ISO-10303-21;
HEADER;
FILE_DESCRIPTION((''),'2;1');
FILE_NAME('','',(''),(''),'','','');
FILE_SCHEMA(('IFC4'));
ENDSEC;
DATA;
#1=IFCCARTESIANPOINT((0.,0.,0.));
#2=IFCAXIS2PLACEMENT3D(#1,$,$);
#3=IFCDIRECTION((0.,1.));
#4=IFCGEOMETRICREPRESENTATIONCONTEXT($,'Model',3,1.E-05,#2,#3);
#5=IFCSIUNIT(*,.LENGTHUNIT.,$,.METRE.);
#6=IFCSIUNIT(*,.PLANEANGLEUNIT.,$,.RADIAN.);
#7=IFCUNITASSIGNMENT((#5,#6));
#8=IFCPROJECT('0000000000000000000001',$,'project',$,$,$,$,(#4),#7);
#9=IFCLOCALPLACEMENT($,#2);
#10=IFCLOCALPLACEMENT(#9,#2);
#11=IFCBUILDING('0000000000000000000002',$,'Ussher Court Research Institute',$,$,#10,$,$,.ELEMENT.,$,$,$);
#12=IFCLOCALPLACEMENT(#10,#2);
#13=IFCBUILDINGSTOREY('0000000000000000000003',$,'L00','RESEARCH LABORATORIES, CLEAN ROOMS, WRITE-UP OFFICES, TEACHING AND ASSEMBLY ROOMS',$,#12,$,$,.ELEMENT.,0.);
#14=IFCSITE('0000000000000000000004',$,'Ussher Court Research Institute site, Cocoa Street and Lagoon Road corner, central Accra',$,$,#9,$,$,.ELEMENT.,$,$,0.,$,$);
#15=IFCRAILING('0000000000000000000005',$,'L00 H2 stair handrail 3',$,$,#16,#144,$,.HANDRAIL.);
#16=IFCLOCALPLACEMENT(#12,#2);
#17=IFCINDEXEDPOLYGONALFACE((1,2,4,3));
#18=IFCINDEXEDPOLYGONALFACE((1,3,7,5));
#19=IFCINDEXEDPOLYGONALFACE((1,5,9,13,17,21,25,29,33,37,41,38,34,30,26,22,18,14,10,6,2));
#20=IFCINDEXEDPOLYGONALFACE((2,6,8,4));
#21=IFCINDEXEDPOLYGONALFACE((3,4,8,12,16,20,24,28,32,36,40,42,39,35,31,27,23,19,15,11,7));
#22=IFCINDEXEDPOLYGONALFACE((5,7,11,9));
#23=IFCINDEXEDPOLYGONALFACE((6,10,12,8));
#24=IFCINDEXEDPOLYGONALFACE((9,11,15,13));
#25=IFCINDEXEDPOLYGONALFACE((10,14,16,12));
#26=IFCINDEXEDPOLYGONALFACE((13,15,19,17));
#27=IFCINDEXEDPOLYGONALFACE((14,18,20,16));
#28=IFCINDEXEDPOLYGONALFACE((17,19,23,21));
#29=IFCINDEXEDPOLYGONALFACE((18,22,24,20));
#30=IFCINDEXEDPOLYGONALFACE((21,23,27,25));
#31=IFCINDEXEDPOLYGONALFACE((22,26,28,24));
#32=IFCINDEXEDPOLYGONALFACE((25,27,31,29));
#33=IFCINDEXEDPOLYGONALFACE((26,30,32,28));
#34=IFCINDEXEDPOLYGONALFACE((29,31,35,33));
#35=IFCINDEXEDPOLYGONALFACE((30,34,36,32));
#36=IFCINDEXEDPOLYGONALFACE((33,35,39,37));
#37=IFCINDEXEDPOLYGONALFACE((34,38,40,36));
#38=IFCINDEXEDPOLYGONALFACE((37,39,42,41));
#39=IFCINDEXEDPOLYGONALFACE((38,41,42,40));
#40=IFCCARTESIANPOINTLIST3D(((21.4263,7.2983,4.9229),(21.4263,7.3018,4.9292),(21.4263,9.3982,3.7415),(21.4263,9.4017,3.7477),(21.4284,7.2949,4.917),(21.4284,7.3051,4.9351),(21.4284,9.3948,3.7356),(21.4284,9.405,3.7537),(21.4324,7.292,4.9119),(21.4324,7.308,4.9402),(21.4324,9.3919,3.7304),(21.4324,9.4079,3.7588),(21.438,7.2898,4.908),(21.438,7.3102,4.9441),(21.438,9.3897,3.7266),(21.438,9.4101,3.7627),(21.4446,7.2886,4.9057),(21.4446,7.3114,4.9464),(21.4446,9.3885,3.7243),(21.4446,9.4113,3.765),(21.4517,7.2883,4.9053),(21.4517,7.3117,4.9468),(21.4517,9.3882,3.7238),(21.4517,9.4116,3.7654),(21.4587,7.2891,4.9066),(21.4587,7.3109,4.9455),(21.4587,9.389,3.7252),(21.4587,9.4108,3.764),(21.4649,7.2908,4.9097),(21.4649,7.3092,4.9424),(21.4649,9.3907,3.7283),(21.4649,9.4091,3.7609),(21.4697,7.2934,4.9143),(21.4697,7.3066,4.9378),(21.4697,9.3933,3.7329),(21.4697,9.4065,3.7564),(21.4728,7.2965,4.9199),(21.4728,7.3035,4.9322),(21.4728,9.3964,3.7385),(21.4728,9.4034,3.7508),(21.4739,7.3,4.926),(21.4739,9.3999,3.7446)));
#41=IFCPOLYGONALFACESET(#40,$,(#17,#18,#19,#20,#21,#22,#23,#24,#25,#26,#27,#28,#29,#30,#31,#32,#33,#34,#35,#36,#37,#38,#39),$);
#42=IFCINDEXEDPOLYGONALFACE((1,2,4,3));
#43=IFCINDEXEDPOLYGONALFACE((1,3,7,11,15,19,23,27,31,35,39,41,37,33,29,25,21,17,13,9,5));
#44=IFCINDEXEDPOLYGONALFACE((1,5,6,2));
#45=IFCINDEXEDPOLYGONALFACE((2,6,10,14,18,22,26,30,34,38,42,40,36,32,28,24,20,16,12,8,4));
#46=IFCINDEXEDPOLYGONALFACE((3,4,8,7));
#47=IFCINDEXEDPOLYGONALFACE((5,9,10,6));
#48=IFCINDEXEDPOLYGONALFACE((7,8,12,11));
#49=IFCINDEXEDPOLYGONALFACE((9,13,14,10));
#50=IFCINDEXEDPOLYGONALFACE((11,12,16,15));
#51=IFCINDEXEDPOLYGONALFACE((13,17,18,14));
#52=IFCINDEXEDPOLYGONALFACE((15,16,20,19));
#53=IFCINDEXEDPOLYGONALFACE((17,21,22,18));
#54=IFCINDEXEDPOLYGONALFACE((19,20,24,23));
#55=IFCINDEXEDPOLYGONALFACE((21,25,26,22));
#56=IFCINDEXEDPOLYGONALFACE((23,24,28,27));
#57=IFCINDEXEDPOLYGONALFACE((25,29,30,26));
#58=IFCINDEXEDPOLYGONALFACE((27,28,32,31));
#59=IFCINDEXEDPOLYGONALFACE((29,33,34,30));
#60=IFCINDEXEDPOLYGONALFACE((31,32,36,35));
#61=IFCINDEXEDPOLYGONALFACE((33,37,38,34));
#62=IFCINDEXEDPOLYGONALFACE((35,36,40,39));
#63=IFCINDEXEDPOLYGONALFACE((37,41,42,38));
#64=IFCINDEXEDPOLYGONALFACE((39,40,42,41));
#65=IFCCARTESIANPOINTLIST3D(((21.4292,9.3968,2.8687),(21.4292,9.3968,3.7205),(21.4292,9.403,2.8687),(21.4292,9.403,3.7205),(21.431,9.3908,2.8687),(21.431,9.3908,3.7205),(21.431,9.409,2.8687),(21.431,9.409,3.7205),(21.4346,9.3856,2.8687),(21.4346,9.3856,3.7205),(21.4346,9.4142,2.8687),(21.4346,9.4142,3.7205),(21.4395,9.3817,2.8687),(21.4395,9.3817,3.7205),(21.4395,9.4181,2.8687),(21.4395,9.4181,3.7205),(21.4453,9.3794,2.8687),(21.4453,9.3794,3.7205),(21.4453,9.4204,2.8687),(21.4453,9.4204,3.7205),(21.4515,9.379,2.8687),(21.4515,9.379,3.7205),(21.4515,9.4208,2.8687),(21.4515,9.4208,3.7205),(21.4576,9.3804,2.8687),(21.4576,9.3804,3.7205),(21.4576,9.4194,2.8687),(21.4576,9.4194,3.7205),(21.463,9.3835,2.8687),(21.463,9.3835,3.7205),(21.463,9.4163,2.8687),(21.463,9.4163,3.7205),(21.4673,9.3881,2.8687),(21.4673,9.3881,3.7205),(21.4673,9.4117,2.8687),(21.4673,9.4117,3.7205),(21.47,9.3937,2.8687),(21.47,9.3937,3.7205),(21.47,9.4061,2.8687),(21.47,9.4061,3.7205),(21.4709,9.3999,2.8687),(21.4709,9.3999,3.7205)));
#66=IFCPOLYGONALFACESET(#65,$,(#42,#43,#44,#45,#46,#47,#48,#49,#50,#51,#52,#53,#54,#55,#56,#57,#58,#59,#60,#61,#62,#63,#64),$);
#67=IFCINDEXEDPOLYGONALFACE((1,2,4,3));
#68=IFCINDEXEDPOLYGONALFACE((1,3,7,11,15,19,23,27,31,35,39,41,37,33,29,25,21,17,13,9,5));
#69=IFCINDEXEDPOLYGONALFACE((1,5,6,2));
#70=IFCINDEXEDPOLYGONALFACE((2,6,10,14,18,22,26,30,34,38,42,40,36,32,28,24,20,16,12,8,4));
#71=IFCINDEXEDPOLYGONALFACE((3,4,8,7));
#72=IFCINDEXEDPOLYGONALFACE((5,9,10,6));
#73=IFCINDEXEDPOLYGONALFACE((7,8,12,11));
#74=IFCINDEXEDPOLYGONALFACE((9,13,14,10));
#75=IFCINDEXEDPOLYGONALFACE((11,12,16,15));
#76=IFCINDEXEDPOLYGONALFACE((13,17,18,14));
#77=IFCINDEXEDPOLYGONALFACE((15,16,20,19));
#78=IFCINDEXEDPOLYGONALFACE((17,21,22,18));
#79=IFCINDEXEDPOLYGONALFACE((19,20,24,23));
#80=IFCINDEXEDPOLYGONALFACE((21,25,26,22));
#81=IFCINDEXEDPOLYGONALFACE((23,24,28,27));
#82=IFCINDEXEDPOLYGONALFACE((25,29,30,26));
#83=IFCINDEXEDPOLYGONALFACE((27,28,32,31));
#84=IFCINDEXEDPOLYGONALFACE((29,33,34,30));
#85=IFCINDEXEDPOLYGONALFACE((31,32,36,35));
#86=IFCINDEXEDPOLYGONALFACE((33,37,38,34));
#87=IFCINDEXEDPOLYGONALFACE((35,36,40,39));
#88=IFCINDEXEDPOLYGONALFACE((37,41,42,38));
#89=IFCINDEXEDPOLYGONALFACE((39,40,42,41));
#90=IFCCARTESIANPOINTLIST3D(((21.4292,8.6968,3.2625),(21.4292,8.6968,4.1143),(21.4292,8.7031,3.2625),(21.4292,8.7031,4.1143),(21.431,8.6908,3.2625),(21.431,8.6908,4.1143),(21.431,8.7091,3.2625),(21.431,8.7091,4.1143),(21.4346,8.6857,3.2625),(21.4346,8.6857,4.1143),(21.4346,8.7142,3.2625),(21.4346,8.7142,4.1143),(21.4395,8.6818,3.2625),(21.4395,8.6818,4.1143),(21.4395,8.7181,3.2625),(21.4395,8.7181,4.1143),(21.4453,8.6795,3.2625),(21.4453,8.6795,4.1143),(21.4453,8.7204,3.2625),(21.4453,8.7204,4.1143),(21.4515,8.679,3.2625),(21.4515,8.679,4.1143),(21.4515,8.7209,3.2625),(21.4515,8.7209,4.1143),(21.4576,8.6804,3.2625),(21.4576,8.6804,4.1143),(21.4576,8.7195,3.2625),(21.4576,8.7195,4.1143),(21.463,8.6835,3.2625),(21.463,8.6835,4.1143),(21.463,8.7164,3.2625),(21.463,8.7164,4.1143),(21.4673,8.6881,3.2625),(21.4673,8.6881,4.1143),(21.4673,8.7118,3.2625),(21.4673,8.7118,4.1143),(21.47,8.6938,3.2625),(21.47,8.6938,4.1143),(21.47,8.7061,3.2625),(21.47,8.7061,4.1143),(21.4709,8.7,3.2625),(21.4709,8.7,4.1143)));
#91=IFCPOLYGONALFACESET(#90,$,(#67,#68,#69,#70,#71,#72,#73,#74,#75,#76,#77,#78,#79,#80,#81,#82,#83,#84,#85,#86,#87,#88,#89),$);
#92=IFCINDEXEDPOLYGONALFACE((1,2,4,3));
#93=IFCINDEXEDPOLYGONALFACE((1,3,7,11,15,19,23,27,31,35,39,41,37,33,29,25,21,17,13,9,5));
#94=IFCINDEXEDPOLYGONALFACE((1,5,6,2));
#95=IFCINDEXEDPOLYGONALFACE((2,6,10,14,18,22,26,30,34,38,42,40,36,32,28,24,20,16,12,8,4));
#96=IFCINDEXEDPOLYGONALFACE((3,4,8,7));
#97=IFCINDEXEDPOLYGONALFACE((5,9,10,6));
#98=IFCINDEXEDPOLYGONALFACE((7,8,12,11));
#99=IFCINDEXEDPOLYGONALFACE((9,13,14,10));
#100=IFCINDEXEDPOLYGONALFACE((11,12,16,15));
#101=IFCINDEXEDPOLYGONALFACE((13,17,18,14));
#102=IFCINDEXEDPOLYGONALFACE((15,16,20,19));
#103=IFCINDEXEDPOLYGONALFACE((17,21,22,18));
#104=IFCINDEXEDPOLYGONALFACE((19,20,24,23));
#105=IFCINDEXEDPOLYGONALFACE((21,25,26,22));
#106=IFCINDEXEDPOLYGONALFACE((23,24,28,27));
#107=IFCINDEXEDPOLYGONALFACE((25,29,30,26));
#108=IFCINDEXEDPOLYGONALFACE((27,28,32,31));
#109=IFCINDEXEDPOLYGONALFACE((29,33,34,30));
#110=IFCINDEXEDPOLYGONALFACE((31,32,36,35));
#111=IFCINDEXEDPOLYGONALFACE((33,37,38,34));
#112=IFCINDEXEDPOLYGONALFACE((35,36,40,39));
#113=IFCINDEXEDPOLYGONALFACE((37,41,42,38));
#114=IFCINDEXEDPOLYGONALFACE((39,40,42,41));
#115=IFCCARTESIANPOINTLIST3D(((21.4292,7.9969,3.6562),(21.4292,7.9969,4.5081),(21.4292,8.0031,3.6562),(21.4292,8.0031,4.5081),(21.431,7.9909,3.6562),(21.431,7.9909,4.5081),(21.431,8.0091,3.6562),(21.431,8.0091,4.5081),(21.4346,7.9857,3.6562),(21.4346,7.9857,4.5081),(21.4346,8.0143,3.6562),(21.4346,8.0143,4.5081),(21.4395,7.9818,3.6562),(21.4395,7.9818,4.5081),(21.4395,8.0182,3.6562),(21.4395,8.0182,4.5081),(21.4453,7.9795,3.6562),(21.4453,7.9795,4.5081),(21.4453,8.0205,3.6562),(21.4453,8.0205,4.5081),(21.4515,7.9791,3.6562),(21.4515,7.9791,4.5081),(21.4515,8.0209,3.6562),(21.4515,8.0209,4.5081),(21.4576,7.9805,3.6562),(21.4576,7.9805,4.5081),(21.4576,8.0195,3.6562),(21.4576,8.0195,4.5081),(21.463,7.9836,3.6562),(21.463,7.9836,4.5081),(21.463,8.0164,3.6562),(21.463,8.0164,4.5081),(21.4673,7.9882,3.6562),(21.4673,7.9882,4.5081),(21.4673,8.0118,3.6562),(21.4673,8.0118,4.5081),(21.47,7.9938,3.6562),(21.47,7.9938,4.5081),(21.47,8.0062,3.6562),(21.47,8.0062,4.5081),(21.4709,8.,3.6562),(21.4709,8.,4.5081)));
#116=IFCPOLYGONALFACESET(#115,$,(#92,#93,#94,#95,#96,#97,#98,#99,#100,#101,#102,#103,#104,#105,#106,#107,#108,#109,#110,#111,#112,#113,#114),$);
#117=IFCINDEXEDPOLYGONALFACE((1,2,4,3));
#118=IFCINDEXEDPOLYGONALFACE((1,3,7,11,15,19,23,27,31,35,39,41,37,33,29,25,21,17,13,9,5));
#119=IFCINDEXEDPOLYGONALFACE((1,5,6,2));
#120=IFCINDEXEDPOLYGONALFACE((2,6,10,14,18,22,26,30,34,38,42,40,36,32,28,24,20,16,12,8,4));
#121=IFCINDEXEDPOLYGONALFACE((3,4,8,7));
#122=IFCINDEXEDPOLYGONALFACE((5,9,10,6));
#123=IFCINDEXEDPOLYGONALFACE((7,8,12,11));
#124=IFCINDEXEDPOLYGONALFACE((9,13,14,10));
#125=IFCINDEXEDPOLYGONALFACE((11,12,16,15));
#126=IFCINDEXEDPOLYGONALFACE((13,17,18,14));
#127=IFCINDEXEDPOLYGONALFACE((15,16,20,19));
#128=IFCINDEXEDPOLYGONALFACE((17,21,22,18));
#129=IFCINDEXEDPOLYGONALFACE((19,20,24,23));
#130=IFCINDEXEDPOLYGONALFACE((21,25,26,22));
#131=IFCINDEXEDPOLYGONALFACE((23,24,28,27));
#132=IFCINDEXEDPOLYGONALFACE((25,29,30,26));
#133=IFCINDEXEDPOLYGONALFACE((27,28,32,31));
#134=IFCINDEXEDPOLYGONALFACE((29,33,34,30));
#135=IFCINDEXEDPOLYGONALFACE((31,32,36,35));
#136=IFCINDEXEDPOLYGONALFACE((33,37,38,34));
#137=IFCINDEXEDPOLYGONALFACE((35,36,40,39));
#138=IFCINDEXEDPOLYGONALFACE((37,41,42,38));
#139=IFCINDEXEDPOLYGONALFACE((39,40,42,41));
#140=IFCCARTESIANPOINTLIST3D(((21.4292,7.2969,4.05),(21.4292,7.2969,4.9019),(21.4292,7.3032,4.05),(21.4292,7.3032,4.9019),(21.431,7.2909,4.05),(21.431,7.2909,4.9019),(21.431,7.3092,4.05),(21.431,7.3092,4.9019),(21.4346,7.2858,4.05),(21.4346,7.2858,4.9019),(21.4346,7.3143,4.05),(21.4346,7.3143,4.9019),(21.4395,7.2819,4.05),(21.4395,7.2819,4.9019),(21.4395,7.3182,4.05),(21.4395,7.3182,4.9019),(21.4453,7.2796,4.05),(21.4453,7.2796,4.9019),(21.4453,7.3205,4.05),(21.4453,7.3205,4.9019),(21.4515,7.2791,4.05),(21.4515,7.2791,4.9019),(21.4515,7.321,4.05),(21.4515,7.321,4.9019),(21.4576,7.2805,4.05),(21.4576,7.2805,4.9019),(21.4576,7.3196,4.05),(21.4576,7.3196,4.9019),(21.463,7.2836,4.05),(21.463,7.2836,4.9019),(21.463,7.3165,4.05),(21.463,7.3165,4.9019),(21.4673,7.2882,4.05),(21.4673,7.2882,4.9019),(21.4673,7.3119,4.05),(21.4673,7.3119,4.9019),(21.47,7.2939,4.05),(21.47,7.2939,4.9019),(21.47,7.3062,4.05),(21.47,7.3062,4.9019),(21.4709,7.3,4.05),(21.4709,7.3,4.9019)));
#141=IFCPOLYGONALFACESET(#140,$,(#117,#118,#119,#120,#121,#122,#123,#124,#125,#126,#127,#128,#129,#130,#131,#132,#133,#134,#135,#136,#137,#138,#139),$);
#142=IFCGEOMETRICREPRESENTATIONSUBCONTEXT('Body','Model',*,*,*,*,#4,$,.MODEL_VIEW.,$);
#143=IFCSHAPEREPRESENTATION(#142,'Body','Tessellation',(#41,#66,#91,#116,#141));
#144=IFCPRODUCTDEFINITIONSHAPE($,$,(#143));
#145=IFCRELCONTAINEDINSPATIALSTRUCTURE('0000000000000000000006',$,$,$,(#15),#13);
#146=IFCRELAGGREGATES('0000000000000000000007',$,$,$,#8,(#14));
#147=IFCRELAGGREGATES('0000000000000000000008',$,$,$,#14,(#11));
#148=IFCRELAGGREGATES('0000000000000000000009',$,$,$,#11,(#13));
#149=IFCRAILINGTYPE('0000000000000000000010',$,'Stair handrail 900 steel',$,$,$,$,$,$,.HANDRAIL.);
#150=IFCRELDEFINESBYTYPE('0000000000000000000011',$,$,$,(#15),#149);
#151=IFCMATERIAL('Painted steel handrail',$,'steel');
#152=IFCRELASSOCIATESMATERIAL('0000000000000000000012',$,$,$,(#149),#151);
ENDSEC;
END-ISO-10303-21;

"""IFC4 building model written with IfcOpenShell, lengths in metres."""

from ifc_helpers import new_model, si_unit, direction, frame, origin, origin_2d, place, context, subcontext, project, spatial, circle, extrude, material, type_object, element, save


model = new_model("IFC4")

# Units and contexts
model_context = context("Model", 3, precision=1e-05, world=origin(), true_north=direction((0.0, 1.0)))
body_context = subcontext(model_context, "Body", "Model", "MODEL_VIEW")
ifc_project = project(units=[si_unit("LENGTHUNIT", "METRE"), si_unit("PLANEANGLEUNIT", "RADIAN")], contexts=[model_context])

# Site, building, storey
site_placement = place(None, origin())
site = spatial("IfcSite", under=ifc_project, at=site_placement, Name="Ussher Court Research Institute site, Cocoa Street and Lagoon Road corner, central Accra", CompositionType="ELEMENT", RefElevation=0.0)
building_placement = place(site_placement, origin())
building = spatial("IfcBuilding", under=site, at=building_placement, Name="Ussher Court Research Institute", CompositionType="ELEMENT")
storey_placement = place(building_placement, origin())
storey = spatial("IfcBuildingStorey", under=building, at=storey_placement, Name="L00", Description="RESEARCH LABORATORIES, CLEAN ROOMS, WRITE-UP OFFICES, TEACHING AND ASSEMBLY ROOMS", CompositionType="ELEMENT", Elevation=0.0)

# Railing
ifc_material_1 = material(Name="Painted steel handrail", Category="steel")
railing_type_1 = type_object("IfcRailingType", Name="Stair handrail 900 steel", PredefinedType="HANDRAIL", material=ifc_material_1)
for number, where, name in (
    (1, (21.45, 9.3999, 2.8687), "L00 H2 stair handrail 3"),
):
    element("IfcRailing", number, at=place(storey_placement, frame(where)), inside=storey, type_object=railing_type_1, Name=name, PredefinedType="HANDRAIL", context=body_context, shape_type="SweptSolid", body=[
        extrude(circle(Radius=0.0239, at=origin_2d()), frame((0.0, 0.0, 0.876), z_axis=(0.0, -0.871535, 0.490333), x_axis=(1.0, 0.0, 0.0)), (0.0, 0.0, 1.0), 2.4094),
        extrude(circle(Radius=0.021, at=origin_2d()), origin(), (0.0, 0.0, 1.0), 0.8518),
        extrude(circle(Radius=0.021, at=origin_2d()), frame((0.0, -0.7, 0.3938)), (0.0, 0.0, 1.0), 0.8518),
        extrude(circle(Radius=0.021, at=origin_2d()), frame((0.0, -1.3999, 0.7876)), (0.0, 0.0, 1.0), 0.8518),
        extrude(circle(Radius=0.021, at=origin_2d()), frame((0.0, -2.0999, 1.1814)), (0.0, 0.0, 1.0), 0.8518),
    ])

save(model, "model.ifc")
